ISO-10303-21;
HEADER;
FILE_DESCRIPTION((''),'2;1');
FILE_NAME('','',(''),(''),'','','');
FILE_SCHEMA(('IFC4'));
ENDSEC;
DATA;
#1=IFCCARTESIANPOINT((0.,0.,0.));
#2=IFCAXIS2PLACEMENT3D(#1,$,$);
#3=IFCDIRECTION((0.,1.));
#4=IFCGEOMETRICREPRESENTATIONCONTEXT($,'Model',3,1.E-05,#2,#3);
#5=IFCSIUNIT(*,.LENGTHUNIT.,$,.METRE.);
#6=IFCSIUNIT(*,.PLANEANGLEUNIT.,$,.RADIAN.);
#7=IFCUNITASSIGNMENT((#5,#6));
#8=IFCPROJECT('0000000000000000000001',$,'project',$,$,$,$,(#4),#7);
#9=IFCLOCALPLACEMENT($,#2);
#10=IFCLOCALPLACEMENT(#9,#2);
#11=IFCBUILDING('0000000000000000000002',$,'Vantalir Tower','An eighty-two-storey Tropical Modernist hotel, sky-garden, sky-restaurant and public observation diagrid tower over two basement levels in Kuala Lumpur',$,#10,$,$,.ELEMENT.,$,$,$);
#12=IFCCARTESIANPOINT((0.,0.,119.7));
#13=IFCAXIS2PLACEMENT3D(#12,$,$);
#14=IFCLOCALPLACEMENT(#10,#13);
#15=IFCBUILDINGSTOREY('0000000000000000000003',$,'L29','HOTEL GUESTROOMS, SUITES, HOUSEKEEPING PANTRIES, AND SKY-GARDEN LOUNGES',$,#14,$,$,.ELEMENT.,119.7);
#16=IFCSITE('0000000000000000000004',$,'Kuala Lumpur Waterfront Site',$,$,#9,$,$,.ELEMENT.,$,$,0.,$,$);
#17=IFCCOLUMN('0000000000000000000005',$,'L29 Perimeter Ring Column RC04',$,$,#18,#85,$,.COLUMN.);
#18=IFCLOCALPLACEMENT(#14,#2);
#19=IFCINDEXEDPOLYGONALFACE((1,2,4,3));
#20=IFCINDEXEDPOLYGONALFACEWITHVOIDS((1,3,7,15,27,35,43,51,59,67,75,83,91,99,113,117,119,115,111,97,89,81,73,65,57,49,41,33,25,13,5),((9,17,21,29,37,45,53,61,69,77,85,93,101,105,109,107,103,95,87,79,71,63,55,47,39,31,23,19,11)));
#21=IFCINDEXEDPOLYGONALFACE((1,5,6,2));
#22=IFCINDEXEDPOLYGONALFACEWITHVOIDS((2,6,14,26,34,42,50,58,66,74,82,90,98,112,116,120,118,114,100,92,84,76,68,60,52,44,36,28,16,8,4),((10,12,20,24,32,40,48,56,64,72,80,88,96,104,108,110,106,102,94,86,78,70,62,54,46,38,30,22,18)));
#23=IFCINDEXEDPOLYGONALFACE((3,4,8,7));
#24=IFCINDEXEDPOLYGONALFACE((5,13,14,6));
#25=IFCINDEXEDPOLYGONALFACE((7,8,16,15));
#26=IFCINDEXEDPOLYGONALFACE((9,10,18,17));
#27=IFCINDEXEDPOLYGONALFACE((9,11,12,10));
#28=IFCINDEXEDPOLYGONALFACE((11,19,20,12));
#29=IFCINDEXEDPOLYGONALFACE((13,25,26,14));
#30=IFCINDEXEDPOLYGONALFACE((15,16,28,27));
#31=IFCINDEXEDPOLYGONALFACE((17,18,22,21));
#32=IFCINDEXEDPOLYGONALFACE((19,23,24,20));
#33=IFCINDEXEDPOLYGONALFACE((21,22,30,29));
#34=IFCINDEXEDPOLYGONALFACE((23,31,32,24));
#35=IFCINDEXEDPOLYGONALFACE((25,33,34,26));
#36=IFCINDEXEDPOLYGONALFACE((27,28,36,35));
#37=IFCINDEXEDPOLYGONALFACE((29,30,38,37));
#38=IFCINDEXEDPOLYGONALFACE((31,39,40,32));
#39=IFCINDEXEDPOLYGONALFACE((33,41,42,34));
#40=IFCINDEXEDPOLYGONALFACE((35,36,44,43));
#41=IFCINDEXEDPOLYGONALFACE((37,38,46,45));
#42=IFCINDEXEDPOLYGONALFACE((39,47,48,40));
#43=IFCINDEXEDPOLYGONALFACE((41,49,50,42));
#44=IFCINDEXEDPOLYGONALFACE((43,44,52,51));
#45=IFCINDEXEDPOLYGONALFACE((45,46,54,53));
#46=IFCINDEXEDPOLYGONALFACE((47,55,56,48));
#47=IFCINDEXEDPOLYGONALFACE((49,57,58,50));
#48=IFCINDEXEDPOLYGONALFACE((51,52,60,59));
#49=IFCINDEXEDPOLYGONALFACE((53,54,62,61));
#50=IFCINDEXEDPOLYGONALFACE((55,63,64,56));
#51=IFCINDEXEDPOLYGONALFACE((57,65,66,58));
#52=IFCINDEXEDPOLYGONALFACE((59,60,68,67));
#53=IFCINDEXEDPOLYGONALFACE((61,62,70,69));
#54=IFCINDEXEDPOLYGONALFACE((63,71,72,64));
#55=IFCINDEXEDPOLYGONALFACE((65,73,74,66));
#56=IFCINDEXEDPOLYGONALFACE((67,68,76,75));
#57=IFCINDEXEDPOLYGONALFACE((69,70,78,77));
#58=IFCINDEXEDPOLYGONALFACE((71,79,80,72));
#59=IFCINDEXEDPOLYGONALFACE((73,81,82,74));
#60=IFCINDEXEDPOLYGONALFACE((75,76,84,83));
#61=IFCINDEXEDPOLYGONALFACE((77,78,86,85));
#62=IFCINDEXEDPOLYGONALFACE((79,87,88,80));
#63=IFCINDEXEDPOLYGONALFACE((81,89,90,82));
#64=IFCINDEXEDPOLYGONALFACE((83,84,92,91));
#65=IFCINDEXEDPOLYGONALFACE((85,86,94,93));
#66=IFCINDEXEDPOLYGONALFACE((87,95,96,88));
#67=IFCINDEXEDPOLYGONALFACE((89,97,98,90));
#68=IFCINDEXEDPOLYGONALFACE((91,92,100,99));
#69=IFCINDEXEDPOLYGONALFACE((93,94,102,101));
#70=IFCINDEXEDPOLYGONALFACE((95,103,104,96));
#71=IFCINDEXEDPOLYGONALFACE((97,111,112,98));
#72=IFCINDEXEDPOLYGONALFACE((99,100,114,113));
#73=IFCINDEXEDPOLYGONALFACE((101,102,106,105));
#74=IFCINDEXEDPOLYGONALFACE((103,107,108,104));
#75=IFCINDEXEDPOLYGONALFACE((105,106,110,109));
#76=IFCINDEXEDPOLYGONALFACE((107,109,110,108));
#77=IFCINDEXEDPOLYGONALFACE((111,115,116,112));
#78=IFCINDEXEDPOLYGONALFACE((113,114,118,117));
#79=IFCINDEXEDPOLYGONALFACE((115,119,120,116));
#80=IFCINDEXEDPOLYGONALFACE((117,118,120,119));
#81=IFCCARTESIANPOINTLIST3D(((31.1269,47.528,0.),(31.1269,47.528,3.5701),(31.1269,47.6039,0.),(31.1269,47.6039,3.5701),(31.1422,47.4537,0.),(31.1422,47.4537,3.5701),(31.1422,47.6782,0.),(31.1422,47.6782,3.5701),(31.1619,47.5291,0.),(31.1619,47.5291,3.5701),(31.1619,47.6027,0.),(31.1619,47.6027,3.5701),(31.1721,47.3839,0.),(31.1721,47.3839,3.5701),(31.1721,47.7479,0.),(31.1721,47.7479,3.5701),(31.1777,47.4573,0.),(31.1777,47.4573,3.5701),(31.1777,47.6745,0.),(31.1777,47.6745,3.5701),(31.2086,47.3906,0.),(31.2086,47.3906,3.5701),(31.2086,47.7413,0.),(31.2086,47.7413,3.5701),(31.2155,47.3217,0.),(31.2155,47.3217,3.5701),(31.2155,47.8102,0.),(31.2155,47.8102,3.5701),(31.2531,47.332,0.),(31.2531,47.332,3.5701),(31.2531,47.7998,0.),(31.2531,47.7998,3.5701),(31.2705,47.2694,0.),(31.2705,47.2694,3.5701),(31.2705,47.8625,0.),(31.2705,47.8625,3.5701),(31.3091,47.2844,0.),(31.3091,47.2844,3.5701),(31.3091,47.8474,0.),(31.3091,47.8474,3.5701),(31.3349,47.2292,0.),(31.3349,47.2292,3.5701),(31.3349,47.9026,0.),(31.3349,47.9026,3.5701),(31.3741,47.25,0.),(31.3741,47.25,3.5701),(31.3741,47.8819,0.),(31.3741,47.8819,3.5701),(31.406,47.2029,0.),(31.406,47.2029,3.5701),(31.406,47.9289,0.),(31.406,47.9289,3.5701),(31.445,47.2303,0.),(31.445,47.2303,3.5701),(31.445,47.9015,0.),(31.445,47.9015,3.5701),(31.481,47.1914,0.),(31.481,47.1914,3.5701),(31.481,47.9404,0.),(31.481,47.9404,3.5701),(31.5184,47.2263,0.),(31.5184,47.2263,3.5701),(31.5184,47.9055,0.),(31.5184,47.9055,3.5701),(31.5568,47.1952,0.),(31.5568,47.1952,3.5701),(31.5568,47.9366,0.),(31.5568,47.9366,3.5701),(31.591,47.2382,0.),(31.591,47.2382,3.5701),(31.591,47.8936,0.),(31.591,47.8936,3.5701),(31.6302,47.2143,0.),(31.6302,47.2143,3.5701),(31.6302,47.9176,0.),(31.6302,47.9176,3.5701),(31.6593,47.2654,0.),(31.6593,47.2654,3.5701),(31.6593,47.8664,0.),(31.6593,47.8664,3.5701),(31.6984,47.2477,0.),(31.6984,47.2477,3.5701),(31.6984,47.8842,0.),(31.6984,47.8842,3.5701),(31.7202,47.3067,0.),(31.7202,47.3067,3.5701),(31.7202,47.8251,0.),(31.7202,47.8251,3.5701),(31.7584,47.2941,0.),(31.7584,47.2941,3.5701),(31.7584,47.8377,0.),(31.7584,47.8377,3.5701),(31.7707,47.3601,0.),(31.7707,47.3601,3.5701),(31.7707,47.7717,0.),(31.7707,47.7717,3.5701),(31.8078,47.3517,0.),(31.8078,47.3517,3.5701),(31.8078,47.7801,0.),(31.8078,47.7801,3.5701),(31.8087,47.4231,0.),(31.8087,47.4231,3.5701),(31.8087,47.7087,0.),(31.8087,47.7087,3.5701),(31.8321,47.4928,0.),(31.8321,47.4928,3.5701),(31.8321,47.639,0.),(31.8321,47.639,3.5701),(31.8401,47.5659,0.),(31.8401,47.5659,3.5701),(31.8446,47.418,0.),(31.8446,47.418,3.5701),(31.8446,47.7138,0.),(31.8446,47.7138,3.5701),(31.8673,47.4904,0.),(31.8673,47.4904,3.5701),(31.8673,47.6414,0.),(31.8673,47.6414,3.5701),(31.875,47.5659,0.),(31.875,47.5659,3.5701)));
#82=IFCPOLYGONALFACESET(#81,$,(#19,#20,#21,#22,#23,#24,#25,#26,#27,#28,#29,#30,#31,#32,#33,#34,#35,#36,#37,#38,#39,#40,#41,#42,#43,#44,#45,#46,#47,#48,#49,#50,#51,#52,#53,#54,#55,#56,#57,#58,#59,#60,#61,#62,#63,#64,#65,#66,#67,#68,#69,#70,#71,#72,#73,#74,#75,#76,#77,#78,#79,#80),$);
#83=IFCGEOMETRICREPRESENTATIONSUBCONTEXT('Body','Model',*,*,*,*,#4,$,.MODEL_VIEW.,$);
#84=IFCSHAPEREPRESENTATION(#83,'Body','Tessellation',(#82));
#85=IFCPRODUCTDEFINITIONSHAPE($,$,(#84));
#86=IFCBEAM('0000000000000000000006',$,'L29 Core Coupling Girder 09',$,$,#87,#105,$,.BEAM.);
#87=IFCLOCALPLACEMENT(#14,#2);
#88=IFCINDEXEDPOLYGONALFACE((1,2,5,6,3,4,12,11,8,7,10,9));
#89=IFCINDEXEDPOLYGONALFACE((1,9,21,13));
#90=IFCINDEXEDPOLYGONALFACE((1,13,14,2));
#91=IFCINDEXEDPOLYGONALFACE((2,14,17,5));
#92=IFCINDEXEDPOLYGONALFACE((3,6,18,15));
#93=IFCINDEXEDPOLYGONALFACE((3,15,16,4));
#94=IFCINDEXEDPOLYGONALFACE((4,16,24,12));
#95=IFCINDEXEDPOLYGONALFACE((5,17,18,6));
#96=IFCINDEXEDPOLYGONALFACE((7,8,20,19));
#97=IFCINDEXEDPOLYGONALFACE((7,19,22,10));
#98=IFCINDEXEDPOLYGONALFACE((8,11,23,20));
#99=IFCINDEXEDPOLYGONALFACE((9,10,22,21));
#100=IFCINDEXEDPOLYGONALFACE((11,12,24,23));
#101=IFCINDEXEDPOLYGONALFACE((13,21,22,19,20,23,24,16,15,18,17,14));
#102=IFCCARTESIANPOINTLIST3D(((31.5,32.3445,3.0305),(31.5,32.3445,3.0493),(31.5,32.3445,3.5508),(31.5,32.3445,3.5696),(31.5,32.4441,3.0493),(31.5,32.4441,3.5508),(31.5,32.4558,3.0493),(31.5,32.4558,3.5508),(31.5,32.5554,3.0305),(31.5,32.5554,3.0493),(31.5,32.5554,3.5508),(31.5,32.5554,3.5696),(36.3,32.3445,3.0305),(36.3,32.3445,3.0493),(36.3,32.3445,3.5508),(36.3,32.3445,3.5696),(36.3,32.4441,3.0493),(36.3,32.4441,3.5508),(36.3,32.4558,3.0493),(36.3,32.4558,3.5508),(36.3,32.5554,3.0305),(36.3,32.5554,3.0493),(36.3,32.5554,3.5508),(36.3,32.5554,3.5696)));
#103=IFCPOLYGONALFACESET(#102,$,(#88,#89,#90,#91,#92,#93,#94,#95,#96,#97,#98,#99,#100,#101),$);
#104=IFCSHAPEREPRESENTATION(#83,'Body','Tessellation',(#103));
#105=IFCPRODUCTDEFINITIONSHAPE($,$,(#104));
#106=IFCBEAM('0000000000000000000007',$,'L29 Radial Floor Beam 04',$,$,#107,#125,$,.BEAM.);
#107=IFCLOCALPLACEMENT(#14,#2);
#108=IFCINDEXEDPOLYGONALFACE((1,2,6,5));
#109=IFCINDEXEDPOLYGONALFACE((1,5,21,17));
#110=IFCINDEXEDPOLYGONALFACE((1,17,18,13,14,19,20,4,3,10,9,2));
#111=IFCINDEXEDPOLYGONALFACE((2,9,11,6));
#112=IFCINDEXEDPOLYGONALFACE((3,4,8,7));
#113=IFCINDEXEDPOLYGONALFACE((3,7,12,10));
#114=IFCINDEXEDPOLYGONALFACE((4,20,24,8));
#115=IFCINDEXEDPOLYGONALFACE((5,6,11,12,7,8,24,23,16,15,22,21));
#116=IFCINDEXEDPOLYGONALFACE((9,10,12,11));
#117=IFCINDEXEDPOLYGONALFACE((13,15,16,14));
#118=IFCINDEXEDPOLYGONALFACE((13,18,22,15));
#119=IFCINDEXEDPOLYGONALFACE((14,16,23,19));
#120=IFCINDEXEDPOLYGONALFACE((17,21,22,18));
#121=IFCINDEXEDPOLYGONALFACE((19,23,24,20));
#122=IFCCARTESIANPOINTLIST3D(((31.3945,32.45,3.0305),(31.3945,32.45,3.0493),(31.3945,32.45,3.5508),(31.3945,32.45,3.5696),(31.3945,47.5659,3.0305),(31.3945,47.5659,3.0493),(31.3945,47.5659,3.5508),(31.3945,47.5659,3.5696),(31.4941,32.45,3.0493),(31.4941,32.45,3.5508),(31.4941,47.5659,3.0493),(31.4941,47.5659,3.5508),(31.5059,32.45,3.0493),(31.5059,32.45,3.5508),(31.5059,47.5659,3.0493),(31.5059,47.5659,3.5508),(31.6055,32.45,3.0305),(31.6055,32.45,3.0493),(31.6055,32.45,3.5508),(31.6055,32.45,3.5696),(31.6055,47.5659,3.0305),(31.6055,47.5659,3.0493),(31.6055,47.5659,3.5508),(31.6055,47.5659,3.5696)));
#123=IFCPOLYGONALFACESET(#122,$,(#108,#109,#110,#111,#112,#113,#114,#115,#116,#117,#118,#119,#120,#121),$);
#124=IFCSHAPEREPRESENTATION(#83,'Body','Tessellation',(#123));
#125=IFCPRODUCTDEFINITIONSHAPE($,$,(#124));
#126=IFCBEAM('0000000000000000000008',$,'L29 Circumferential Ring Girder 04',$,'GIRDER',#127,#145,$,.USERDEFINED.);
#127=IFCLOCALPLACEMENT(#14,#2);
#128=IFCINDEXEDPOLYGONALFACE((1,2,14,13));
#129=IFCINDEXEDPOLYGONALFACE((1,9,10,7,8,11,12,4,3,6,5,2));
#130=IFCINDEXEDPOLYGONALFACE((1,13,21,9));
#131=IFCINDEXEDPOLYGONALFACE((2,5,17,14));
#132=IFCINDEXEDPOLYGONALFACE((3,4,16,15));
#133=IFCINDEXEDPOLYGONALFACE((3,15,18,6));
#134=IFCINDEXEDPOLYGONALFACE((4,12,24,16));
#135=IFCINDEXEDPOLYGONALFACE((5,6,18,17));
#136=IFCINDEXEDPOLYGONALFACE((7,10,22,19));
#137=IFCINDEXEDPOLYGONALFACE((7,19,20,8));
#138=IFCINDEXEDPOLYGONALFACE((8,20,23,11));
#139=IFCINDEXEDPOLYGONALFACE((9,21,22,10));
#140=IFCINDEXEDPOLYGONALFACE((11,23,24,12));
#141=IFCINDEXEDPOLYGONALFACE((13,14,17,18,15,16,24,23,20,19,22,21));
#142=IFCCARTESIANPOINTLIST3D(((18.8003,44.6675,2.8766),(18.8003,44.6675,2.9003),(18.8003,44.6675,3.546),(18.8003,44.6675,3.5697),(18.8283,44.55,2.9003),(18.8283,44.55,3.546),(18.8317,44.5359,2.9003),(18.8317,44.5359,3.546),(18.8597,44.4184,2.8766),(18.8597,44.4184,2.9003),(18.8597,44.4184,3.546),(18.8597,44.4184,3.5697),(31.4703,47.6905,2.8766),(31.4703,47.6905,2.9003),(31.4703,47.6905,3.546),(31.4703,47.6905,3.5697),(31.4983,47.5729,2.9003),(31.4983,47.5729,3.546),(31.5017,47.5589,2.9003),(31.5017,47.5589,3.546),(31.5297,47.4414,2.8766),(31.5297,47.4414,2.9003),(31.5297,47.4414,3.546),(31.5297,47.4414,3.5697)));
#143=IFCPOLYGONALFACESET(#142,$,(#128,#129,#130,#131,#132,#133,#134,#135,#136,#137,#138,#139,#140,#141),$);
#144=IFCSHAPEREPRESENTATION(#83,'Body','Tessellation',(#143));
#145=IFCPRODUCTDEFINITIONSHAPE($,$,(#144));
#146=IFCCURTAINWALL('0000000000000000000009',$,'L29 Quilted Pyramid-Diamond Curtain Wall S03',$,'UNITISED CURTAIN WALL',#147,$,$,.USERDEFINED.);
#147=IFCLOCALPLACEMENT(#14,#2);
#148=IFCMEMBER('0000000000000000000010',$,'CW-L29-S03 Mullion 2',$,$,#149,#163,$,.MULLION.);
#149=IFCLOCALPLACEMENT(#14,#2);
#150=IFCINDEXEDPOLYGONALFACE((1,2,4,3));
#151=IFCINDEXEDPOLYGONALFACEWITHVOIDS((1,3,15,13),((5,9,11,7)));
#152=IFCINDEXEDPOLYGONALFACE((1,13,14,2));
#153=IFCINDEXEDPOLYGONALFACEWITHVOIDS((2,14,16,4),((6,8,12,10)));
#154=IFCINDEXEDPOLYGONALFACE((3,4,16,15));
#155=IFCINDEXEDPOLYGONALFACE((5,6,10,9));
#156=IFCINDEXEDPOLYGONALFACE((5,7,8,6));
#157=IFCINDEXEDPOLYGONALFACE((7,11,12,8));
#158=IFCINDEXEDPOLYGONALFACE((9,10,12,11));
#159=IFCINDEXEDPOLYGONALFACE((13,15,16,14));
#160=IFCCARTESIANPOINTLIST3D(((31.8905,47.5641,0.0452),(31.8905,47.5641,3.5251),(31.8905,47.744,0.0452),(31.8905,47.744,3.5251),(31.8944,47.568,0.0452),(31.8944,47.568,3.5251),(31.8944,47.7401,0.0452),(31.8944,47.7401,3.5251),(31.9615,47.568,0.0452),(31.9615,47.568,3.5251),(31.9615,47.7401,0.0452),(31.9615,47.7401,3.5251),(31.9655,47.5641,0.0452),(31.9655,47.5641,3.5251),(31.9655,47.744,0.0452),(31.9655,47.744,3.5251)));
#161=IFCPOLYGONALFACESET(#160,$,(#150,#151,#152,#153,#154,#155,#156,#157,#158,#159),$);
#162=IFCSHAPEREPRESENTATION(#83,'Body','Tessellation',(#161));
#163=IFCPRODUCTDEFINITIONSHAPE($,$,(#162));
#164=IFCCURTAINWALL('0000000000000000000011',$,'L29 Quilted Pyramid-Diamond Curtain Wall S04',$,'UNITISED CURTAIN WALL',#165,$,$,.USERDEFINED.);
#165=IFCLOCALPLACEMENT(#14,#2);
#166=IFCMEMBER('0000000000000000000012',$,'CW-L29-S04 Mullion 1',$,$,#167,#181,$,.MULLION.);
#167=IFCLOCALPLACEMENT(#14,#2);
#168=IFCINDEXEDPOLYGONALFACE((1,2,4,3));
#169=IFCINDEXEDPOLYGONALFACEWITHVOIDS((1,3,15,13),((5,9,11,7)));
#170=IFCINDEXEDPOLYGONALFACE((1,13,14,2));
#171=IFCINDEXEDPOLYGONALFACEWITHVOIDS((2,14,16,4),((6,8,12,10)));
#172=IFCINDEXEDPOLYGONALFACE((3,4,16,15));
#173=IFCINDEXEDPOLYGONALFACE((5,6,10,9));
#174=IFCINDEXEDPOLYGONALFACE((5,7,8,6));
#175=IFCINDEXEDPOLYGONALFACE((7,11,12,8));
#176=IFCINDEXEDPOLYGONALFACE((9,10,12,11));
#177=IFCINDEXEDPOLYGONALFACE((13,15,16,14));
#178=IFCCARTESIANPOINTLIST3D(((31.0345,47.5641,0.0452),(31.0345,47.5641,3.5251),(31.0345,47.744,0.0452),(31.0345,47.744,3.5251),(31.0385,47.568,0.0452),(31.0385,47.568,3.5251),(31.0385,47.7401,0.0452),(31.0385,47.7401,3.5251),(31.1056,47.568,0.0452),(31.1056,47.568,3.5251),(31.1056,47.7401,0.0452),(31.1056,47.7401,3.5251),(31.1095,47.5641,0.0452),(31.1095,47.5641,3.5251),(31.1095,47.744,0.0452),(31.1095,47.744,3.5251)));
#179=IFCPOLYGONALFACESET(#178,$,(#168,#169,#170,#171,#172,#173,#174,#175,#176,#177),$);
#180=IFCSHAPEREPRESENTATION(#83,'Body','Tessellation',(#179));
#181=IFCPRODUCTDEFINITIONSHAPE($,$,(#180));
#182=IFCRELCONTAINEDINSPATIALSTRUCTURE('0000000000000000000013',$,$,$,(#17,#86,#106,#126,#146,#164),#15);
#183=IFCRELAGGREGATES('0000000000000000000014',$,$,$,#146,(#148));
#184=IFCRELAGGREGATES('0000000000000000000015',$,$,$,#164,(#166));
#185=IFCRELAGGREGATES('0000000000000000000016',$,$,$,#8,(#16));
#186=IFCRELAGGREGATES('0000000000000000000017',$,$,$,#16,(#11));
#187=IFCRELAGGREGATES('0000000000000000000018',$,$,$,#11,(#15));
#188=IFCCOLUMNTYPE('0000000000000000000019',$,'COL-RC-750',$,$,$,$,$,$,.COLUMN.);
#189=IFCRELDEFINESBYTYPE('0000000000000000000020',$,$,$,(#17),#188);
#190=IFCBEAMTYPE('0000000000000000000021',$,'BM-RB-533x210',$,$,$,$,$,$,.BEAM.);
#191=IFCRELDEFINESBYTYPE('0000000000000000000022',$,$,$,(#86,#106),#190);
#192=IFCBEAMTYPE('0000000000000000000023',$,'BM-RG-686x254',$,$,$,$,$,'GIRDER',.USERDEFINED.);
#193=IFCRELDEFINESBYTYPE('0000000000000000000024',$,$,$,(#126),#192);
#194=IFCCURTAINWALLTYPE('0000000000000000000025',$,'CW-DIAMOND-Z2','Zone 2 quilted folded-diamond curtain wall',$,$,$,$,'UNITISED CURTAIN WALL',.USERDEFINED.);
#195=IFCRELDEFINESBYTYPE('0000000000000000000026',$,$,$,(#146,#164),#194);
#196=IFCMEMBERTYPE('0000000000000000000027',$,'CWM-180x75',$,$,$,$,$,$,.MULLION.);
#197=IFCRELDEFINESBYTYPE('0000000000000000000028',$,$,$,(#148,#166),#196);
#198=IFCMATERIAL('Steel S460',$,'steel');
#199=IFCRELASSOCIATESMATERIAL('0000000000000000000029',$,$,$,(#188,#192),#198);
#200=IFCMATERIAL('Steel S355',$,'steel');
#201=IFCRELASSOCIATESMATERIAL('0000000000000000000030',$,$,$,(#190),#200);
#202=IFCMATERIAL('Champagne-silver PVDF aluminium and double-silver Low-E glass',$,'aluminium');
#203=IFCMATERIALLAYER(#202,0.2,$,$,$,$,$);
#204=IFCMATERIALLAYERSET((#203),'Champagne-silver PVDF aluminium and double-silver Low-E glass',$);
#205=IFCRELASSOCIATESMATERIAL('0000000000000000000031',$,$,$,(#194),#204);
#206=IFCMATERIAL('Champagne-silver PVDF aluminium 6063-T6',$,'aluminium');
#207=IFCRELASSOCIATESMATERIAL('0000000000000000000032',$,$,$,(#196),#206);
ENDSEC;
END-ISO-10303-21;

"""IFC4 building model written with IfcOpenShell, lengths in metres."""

from ifc_helpers import new_model, si_unit, direction, frame, origin, origin_2d, place, context, subcontext, project, spatial, hollow_rectangle, hollow_circle, i_section, extrude, material, layer, layer_set, material_profile, profile_set, type_object, element, aggregate, save


model = new_model("IFC4")

# Units and contexts
model_context = context("Model", 3, precision=1e-05, world=origin(), true_north=direction((0.0, 1.0)))
body_context = subcontext(model_context, "Body", "Model", "MODEL_VIEW")
ifc_project = project(units=[si_unit("LENGTHUNIT", "METRE"), si_unit("PLANEANGLEUNIT", "RADIAN")], contexts=[model_context])

# Site, building, storey
site_placement = place(None, origin())
site = spatial("IfcSite", under=ifc_project, at=site_placement, Name="Kuala Lumpur Waterfront Site", CompositionType="ELEMENT", RefElevation=0.0)
building_placement = place(site_placement, origin())
building = spatial("IfcBuilding", under=site, at=building_placement, Name="Vantalir Tower", Description="An eighty-two-storey Tropical Modernist hotel, sky-garden, sky-restaurant and public observation diagrid tower over two basement levels in Kuala Lumpur", CompositionType="ELEMENT")
storey_placement = place(building_placement, frame((0.0, 0.0, 119.7)))
storey = spatial("IfcBuildingStorey", under=building, at=storey_placement, Name="L29", Description="HOTEL GUESTROOMS, SUITES, HOUSEKEEPING PANTRIES, AND SKY-GARDEN LOUNGES", CompositionType="ELEMENT", Elevation=119.7)

# Column
ifc_material_1 = material(Name="Steel S460", Category="steel")
ifc_material_profile_1 = material_profile(ifc_material_1, hollow_circle(Radius=0.375, WallThickness=0.0349, at=origin_2d()), Name="Steel S460")
ifc_profile_set_1 = profile_set([ifc_material_profile_1], Name="Steel S460")
column_type = type_object("IfcColumnType", Name="COL-RC-750", PredefinedType="COLUMN", material=ifc_profile_set_1)
column_placement = place(storey_placement, frame((31.5, 47.5659, 0.0), z_axis=(0.0, 0.0, 1.0), x_axis=(1.0, 0.0, 0.0)))
element("IfcColumn", 1, at=column_placement, inside=storey, type_object=column_type, Name="L29 Perimeter Ring Column RC04", PredefinedType="COLUMN", context=body_context, shape_type="SweptSolid", body=[
    extrude(hollow_circle(Radius=0.375, WallThickness=0.0349, at=origin_2d()), origin(), (0.0, 0.0, 1.0), 3.5701),
])

# Beams
ifc_material_2 = material(Name="Steel S355", Category="steel")
ifc_material_profile_2 = material_profile(ifc_material_2, i_section(OverallWidth=0.2109, OverallDepth=0.5391, WebThickness=0.0117, FlangeThickness=0.0188, at=origin_2d()), Name="Steel S355")
ifc_profile_set_2 = profile_set([ifc_material_profile_2], Name="Steel S355")
beam_type_1 = type_object("IfcBeamType", Name="BM-RB-533x210", PredefinedType="BEAM", material=ifc_profile_set_2)
beam_1_placement = place(storey_placement, frame((36.3, 32.45, 3.3), z_axis=(-1.0, 0.0, 0.0), x_axis=(0.0, -1.0, 0.0)))
element("IfcBeam", 2, at=beam_1_placement, inside=storey, type_object=beam_type_1, Name="L29 Core Coupling Girder 09", PredefinedType="BEAM", context=body_context, shape_type="SweptSolid", body=[
    extrude(i_section(OverallWidth=0.2109, OverallDepth=0.5391, WebThickness=0.0117, FlangeThickness=0.0188, at=origin_2d()), origin(), (0.0, 0.0, 1.0), 4.8),
])
beam_2_placement = place(storey_placement, frame((31.5, 47.5659, 3.3), z_axis=(0.0, -1.0, 0.0), x_axis=(1.0, 0.0, 0.0)))
element("IfcBeam", 3, at=beam_2_placement, inside=storey, type_object=beam_type_1, Name="L29 Radial Floor Beam 04", PredefinedType="BEAM", context=body_context, shape_type="SweptSolid", body=[
    extrude(i_section(OverallWidth=0.2109, OverallDepth=0.5391, WebThickness=0.0117, FlangeThickness=0.0188, at=origin_2d()), origin(), (0.0, 0.0, 1.0), 15.116),
])
ifc_material_profile_3 = material_profile(ifc_material_1, i_section(OverallWidth=0.2561, OverallDepth=0.6931, WebThickness=0.0144, FlangeThickness=0.0237, at=origin_2d()), Name="Steel S460")
ifc_profile_set_3 = profile_set([ifc_material_profile_3], Name="Steel S460")
beam_type_2 = type_object("IfcBeamType", Name="BM-RG-686x254", ElementType="GIRDER", PredefinedType="USERDEFINED", material=ifc_profile_set_3)
beam_3_placement = place(storey_placement, frame((31.5, 47.5659, 3.2231), z_axis=(-0.972697, -0.232078, 0.0), x_axis=(0.232078, -0.972697, 0.0)))
element("IfcBeam", 4, at=beam_3_placement, inside=storey, type_object=beam_type_2, Name="L29 Circumferential Ring Girder 04", ObjectType="GIRDER", PredefinedType="USERDEFINED", context=body_context, shape_type="SweptSolid", body=[
    extrude(i_section(OverallWidth=0.2561, OverallDepth=0.6931, WebThickness=0.0144, FlangeThickness=0.0237, at=origin_2d()), origin(), (0.0, 0.0, 1.0), 13.0256),
])

# Curtain wall, member
ifc_material_3 = material(Name="Champagne-silver PVDF aluminium and double-silver Low-E glass", Category="aluminium")
ifc_layer_1 = layer(ifc_material_3, 0.2)
ifc_layer_set_1 = layer_set([ifc_layer_1], Name="Champagne-silver PVDF aluminium and double-silver Low-E glass")
curtain_wall_type = type_object("IfcCurtainWallType", Name="CW-DIAMOND-Z2", Description="Zone 2 quilted folded-diamond curtain wall", ElementType="UNITISED CURTAIN WALL", PredefinedType="USERDEFINED", material=ifc_layer_set_1)
curtain_wall_1_placement = place(storey_placement, origin())
curtain_wall_1 = element("IfcCurtainWall", 5, at=curtain_wall_1_placement, inside=storey, type_object=curtain_wall_type, Name="L29 Quilted Pyramid-Diamond Curtain Wall S03", ObjectType="UNITISED CURTAIN WALL", PredefinedType="USERDEFINED")
ifc_material_4 = material(Name="Champagne-silver PVDF aluminium 6063-T6", Category="aluminium")
ifc_material_profile_4 = material_profile(ifc_material_4, hollow_rectangle(XDim=0.075, YDim=0.1799, WallThickness=0.0039, at=origin_2d()), Name="Champagne-silver PVDF aluminium 6063-T6")
ifc_profile_set_4 = profile_set([ifc_material_profile_4], Name="Champagne-silver PVDF aluminium 6063-T6")
member_type_1 = type_object("IfcMemberType", Name="CWM-180x75", PredefinedType="MULLION", material=ifc_profile_set_4)
member_1_placement = place(storey_placement, frame((31.928, 47.6541, 0.0452), z_axis=(0.0, 0.0, 1.0), x_axis=(1.0, 0.0, 0.0)))
member_1 = element("IfcMember", 6, at=member_1_placement, type_object=member_type_1, Name="CW-L29-S03 Mullion 2", PredefinedType="MULLION", context=body_context, shape_type="SweptSolid", body=[
    extrude(hollow_rectangle(XDim=0.075, YDim=0.1799, WallThickness=0.0039, at=origin_2d()), origin(), (0.0, 0.0, 1.0), 3.48),
])

# Curtain wall, member
curtain_wall_2_placement = place(storey_placement, origin())
curtain_wall_2 = element("IfcCurtainWall", 7, at=curtain_wall_2_placement, inside=storey, type_object=curtain_wall_type, Name="L29 Quilted Pyramid-Diamond Curtain Wall S04", ObjectType="UNITISED CURTAIN WALL", PredefinedType="USERDEFINED")
member_2_placement = place(storey_placement, frame((31.072, 47.6541, 0.0452), z_axis=(0.0, 0.0, 1.0), x_axis=(1.0, 0.0, 0.0)))
member_2 = element("IfcMember", 8, at=member_2_placement, type_object=member_type_1, Name="CW-L29-S04 Mullion 1", PredefinedType="MULLION", context=body_context, shape_type="SweptSolid", body=[
    extrude(hollow_rectangle(XDim=0.075, YDim=0.1799, WallThickness=0.0039, at=origin_2d()), origin(), (0.0, 0.0, 1.0), 3.48),
])

aggregate(curtain_wall_1, [member_1])
aggregate(curtain_wall_2, [member_2])

save(model, "model.ifc")
